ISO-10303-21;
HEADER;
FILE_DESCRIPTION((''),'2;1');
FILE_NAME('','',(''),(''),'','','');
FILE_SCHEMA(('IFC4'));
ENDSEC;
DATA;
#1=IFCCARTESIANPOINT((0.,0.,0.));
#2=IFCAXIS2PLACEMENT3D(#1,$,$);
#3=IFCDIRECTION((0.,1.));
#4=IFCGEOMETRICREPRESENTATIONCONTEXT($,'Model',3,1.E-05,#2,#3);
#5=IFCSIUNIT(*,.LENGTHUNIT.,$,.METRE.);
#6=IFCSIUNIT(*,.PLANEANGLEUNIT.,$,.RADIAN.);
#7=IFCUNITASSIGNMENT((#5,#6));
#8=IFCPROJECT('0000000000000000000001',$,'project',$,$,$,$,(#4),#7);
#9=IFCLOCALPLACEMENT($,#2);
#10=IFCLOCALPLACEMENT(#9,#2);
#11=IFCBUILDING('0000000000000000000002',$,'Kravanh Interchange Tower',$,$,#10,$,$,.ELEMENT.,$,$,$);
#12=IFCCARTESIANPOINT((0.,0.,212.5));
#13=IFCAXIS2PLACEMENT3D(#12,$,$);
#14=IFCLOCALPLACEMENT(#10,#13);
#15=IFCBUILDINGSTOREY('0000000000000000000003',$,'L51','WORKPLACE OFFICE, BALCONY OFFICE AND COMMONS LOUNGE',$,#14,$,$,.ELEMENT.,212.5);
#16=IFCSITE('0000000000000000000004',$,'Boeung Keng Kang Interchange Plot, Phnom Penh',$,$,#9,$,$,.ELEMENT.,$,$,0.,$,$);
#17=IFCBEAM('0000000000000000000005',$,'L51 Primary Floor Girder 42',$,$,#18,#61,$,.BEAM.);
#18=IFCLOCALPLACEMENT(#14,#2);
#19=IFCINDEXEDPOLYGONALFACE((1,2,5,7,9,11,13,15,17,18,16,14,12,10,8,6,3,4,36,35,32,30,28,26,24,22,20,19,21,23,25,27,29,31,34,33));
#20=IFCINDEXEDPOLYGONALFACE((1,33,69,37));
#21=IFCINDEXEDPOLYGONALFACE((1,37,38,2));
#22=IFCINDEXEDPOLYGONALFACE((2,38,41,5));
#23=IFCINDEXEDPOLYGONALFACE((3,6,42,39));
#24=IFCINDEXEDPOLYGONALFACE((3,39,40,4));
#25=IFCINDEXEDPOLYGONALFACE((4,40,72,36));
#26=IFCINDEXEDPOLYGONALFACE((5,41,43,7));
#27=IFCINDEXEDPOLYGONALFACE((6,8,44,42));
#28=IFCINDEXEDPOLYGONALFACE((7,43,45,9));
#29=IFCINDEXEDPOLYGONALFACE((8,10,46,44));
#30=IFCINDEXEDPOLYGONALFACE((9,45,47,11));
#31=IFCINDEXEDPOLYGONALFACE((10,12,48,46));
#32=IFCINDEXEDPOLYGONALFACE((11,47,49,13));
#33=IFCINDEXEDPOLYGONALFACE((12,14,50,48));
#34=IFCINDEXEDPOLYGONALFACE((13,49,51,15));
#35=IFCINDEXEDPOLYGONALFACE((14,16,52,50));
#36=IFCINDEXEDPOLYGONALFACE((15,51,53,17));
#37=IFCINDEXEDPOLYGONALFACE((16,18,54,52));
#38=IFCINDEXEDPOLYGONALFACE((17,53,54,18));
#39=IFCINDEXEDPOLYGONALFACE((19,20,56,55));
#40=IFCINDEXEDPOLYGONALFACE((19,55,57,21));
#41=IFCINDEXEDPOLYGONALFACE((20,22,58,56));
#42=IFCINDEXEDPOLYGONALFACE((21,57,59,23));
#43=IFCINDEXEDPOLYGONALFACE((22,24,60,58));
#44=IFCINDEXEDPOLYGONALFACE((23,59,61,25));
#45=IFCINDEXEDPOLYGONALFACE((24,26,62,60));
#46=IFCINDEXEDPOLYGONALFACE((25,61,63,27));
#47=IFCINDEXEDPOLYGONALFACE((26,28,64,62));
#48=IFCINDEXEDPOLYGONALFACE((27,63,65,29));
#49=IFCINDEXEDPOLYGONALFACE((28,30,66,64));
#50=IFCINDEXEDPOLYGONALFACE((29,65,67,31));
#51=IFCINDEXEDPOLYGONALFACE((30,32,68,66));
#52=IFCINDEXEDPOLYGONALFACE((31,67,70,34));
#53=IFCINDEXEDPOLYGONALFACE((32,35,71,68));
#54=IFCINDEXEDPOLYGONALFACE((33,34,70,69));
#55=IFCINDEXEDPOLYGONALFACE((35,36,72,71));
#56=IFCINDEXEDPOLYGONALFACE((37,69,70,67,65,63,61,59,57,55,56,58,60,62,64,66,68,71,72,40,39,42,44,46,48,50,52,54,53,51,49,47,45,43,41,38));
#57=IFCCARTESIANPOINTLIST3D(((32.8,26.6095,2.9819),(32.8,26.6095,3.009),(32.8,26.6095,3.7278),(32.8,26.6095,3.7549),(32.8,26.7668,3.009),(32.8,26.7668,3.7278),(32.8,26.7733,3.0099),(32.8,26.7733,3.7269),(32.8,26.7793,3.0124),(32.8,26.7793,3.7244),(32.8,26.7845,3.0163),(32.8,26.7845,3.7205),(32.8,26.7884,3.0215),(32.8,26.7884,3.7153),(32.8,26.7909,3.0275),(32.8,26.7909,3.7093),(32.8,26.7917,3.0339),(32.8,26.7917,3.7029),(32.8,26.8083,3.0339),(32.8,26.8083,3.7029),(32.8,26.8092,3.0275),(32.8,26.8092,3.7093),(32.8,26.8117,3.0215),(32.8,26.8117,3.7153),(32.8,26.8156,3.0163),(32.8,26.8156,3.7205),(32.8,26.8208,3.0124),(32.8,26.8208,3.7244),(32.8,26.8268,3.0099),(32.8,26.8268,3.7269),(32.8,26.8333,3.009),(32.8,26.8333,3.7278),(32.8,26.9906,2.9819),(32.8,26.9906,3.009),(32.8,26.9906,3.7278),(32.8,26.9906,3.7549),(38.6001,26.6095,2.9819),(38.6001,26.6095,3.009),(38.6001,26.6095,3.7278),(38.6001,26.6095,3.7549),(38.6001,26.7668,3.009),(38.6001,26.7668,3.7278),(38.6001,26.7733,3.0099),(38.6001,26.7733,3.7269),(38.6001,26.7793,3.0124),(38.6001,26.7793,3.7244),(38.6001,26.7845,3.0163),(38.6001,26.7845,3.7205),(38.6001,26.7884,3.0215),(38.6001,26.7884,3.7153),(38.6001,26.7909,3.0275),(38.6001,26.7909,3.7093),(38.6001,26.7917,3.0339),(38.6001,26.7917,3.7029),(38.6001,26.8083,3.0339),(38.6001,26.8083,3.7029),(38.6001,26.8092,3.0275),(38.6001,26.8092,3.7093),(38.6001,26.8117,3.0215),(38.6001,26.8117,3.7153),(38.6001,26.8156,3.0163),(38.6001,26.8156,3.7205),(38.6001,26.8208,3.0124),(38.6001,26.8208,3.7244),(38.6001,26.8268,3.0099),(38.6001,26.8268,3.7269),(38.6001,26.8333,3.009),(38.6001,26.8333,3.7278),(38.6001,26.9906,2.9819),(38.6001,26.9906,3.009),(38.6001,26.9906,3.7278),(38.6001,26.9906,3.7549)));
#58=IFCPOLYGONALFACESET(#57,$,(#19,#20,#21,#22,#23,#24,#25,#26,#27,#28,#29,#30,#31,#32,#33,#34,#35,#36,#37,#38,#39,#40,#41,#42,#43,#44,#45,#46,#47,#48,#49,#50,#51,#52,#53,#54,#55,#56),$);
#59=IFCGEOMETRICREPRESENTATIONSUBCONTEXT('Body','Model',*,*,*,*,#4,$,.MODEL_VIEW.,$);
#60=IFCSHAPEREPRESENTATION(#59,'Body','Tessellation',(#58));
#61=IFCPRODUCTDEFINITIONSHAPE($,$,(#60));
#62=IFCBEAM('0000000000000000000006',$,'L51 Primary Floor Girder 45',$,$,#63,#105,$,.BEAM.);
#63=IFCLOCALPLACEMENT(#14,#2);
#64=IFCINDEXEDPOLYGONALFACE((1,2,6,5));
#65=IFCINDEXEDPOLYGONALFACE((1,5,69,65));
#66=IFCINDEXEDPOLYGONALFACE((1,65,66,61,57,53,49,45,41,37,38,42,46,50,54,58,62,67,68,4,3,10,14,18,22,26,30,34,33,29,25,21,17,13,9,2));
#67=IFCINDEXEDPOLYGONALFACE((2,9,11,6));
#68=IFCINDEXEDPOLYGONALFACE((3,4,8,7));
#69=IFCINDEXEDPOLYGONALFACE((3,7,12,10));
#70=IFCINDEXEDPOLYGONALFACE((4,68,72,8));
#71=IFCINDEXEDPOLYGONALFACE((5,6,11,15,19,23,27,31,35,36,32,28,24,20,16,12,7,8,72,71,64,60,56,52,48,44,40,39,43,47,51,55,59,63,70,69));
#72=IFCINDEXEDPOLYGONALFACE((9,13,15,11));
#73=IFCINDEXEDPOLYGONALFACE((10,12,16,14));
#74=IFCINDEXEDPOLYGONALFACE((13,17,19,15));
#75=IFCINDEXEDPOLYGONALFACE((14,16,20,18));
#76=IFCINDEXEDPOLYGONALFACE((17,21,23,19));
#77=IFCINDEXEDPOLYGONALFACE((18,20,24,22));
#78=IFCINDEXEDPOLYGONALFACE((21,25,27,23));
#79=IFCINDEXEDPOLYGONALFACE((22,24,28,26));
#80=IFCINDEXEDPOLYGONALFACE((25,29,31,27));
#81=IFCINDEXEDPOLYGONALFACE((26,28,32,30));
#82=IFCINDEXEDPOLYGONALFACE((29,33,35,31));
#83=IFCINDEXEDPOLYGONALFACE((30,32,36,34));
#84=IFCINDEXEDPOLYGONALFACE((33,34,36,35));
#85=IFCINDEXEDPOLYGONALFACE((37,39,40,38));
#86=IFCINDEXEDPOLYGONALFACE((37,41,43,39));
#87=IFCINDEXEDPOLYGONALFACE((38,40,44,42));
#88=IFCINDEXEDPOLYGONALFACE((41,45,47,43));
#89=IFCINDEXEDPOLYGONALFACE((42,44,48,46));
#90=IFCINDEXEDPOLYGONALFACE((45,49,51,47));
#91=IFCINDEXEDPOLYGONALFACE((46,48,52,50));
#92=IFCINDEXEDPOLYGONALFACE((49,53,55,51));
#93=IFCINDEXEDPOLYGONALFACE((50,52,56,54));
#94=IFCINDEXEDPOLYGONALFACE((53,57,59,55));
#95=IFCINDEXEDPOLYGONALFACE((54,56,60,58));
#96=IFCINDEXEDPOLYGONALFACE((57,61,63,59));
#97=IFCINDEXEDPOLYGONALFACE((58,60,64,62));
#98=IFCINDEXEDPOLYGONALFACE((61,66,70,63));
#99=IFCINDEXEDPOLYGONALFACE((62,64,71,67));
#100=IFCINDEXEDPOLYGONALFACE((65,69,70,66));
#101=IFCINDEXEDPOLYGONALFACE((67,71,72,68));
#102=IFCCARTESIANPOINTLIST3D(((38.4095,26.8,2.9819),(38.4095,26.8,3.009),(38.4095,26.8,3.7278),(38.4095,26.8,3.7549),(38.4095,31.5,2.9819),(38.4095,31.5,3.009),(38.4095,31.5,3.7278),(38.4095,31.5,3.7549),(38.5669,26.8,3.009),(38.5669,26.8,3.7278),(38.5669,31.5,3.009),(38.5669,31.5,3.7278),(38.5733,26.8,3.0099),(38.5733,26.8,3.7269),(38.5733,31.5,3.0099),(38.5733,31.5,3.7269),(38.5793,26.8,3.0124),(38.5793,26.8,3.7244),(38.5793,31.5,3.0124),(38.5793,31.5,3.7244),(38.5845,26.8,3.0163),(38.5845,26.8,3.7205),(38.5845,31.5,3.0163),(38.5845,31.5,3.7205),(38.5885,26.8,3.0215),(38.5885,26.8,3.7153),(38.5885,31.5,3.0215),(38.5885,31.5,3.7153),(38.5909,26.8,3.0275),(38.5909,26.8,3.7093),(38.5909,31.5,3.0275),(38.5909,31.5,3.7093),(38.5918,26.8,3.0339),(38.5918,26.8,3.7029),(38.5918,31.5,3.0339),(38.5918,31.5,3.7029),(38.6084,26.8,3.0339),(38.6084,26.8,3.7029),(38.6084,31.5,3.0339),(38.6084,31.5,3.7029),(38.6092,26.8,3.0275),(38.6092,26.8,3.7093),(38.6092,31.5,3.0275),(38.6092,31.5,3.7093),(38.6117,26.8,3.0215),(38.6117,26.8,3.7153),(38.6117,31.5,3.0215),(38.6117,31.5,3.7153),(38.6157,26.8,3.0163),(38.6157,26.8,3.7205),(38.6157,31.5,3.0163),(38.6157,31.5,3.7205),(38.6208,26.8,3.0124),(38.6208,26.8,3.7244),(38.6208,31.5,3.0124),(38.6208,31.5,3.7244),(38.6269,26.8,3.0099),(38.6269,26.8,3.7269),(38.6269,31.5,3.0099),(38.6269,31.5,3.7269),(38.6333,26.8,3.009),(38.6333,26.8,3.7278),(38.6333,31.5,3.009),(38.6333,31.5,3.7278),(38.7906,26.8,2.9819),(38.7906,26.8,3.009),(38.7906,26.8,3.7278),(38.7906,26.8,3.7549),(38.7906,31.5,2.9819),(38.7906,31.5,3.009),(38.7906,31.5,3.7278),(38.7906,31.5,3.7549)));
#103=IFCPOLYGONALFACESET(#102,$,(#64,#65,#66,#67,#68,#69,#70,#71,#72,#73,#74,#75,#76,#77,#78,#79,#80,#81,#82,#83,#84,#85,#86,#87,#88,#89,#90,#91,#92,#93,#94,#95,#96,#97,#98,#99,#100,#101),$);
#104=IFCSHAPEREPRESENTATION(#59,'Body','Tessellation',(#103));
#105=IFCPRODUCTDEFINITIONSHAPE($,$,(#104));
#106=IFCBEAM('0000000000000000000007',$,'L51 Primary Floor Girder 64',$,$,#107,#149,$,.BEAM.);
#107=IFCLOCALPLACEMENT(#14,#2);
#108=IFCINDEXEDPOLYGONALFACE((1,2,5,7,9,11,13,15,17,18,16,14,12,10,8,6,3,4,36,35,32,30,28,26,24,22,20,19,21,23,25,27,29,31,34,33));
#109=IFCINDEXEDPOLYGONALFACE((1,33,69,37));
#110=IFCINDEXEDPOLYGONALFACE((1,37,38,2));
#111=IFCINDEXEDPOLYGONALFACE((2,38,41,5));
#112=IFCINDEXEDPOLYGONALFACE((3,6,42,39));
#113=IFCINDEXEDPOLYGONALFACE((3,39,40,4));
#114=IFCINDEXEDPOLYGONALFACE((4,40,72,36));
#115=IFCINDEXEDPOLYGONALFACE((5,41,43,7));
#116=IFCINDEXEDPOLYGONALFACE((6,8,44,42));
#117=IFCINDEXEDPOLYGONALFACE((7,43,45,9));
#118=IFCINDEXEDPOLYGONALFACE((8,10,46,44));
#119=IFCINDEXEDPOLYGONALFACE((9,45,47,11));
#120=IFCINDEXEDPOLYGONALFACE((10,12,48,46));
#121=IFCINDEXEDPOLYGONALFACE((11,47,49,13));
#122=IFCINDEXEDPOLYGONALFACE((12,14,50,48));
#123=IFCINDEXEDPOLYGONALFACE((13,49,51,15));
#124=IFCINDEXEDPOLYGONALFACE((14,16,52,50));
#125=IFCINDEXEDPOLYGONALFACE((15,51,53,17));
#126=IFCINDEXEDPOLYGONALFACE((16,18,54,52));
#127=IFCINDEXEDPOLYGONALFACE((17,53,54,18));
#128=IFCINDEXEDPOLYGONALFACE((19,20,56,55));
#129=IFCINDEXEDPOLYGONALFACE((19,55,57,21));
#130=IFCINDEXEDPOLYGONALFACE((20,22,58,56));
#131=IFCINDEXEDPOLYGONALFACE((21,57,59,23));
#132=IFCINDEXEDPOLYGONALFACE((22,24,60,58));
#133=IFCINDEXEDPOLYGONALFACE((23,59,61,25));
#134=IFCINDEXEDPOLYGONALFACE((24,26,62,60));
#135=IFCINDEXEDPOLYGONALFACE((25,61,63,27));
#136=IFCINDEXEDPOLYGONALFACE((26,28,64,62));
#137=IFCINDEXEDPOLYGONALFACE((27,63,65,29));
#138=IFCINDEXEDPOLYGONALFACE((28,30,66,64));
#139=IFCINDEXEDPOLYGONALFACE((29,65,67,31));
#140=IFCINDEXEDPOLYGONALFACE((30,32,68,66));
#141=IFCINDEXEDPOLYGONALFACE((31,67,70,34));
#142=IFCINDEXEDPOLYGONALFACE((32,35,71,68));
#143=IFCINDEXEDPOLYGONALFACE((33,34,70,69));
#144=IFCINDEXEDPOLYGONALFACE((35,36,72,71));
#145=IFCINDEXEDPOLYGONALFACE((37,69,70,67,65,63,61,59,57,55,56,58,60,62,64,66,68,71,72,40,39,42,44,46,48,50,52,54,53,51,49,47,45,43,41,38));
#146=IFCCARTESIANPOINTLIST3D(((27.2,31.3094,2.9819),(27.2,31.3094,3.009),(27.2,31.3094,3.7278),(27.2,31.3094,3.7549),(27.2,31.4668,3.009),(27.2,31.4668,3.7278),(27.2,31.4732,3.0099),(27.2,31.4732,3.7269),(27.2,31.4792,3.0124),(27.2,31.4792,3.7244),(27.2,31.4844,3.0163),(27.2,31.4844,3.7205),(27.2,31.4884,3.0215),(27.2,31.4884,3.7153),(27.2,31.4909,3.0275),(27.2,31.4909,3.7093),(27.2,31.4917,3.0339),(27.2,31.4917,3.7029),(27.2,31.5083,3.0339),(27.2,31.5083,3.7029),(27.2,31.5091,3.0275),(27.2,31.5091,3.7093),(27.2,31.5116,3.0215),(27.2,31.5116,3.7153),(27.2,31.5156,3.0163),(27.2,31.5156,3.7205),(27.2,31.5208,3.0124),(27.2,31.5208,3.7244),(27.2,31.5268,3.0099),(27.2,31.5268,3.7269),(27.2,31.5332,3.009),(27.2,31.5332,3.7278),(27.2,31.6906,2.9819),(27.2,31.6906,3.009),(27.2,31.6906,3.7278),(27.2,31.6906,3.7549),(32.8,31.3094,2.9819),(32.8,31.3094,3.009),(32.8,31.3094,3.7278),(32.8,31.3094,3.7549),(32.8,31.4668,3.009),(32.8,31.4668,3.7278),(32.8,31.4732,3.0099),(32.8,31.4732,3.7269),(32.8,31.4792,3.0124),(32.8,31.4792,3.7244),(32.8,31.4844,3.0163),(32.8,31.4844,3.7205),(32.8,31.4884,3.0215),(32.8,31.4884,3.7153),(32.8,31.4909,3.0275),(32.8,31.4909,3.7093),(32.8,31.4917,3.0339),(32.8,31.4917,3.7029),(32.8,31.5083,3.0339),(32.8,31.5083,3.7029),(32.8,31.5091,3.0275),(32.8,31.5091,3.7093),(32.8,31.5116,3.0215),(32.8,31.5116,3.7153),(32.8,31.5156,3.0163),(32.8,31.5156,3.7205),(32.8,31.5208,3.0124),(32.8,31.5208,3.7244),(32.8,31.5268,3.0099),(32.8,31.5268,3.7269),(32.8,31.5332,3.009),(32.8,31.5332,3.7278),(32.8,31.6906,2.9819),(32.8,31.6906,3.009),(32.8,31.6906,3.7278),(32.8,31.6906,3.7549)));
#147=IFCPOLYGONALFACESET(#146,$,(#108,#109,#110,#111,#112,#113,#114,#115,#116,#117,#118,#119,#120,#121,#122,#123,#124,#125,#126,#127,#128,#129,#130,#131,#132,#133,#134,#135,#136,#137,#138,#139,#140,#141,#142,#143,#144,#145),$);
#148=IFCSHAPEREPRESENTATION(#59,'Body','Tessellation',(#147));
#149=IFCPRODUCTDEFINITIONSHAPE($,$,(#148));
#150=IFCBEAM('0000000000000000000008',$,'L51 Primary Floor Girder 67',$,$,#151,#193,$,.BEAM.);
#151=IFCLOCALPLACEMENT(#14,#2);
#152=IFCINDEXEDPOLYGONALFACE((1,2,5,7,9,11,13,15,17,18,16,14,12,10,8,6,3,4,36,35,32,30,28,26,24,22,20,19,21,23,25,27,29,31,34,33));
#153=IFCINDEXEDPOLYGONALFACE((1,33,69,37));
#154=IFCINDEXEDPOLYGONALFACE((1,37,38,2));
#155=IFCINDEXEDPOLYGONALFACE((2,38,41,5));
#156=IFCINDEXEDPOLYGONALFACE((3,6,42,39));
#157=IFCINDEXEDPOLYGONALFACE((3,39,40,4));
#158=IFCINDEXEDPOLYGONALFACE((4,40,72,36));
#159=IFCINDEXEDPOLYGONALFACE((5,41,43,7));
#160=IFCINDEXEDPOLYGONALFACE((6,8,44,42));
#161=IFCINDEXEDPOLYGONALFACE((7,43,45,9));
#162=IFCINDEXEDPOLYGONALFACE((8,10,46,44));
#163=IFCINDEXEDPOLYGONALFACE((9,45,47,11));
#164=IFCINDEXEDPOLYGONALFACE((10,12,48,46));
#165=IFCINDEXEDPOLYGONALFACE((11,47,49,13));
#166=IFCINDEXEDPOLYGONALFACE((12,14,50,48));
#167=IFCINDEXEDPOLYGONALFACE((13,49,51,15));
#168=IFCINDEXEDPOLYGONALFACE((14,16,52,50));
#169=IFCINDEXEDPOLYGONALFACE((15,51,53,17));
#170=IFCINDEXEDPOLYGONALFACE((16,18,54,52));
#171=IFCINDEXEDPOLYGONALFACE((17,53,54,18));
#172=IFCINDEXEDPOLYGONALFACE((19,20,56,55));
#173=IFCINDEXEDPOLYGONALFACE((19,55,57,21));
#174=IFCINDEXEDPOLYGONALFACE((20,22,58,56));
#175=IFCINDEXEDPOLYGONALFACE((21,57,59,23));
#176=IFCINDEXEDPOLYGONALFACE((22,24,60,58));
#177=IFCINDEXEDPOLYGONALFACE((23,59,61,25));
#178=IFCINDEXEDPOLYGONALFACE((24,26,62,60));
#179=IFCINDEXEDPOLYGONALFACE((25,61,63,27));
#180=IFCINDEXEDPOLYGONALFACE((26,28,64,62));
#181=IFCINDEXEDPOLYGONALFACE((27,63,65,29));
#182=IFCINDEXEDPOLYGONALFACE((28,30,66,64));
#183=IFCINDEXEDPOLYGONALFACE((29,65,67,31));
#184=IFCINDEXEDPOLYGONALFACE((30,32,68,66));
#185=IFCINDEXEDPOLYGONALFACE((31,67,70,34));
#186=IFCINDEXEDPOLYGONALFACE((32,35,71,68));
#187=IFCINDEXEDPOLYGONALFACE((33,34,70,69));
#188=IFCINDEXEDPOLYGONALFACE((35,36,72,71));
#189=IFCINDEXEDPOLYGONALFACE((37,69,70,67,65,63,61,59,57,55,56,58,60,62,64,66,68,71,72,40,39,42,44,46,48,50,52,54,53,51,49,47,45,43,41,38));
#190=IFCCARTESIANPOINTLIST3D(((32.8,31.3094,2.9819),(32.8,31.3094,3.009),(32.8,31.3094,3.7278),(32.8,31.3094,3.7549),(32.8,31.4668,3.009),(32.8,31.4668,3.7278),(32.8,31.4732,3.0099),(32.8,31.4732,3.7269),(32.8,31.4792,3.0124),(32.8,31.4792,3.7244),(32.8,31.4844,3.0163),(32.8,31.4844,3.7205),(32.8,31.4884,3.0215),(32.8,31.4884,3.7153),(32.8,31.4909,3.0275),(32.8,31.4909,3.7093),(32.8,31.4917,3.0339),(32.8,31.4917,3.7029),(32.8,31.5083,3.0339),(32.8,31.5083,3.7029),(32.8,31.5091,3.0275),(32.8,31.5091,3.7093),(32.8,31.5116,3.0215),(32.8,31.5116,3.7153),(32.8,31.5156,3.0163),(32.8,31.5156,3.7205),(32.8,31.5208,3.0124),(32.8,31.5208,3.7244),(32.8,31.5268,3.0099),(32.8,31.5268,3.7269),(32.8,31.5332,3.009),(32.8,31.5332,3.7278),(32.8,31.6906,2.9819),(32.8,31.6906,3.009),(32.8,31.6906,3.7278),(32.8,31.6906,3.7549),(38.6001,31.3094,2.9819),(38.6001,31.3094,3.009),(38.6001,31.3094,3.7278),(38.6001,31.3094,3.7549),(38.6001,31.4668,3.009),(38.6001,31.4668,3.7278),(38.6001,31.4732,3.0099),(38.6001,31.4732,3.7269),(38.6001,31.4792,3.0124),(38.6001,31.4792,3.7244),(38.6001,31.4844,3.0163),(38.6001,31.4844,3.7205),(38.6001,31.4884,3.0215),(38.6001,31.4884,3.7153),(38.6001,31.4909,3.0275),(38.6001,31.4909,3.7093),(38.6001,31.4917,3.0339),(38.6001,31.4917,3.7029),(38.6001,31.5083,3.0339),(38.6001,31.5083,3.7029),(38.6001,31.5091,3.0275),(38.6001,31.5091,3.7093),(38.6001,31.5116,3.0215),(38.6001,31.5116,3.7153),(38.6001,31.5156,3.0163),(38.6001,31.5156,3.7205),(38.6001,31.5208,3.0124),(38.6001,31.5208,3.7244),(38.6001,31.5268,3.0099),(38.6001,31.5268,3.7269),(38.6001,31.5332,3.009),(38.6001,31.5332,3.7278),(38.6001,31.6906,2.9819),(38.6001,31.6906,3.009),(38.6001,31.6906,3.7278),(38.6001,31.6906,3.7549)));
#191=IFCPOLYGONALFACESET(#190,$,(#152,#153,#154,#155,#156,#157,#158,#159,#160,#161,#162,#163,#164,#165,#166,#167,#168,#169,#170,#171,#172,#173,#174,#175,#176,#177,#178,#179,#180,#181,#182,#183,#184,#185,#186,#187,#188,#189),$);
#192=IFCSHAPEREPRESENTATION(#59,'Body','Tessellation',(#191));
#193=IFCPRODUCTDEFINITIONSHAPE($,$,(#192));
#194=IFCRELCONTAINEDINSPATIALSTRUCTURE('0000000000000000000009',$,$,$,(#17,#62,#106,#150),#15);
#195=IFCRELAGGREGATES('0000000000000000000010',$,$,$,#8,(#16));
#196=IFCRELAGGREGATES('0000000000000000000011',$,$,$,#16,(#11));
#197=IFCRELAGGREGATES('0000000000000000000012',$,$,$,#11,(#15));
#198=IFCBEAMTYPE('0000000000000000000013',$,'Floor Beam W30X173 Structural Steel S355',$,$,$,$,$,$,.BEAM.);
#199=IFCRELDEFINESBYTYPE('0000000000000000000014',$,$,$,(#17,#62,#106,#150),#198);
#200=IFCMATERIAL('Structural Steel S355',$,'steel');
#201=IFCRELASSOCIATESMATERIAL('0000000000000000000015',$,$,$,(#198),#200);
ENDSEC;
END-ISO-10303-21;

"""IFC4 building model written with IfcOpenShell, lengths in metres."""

from ifc_helpers import new_model, si_unit, direction, frame, origin, origin_2d, place, context, subcontext, project, spatial, i_section, extrude, material, material_profile, profile_set, type_object, element, save


model = new_model("IFC4")

# Units and contexts
model_context = context("Model", 3, precision=1e-05, world=origin(), true_north=direction((0.0, 1.0)))
body_context = subcontext(model_context, "Body", "Model", "MODEL_VIEW")
ifc_project = project(units=[si_unit("LENGTHUNIT", "METRE"), si_unit("PLANEANGLEUNIT", "RADIAN")], contexts=[model_context])

# Site, building, storey
site_placement = place(None, origin())
site = spatial("IfcSite", under=ifc_project, at=site_placement, Name="Boeung Keng Kang Interchange Plot, Phnom Penh", CompositionType="ELEMENT", RefElevation=0.0)
building_placement = place(site_placement, origin())
building = spatial("IfcBuilding", under=site, at=building_placement, Name="Kravanh Interchange Tower", CompositionType="ELEMENT")
storey_placement = place(building_placement, frame((0.0, 0.0, 212.5)))
storey = spatial("IfcBuildingStorey", under=building, at=storey_placement, Name="L51", Description="WORKPLACE OFFICE, BALCONY OFFICE AND COMMONS LOUNGE", CompositionType="ELEMENT", Elevation=212.5)

# Beams
ifc_material_1 = material(Name="Structural Steel S355", Category="steel")
ifc_material_profile_1 = material_profile(ifc_material_1, i_section(OverallWidth=0.3811, OverallDepth=0.7729, WebThickness=0.0166, FlangeThickness=0.0271, FilletRadius=0.0249, at=origin_2d()), Name="W30X173")
ifc_profile_set_1 = profile_set([ifc_material_profile_1], Name="Structural Steel S355")
beam_type_1 = type_object("IfcBeamType", Name="Floor Beam W30X173 Structural Steel S355", PredefinedType="BEAM", material=ifc_profile_set_1)
beam_1_placement = place(storey_placement, frame((32.8, 26.8, 3.3684), z_axis=(1.0, 0.0, 0.0), x_axis=(0.0, 1.0, 0.0)))
element("IfcBeam", 1, at=beam_1_placement, inside=storey, type_object=beam_type_1, Name="L51 Primary Floor Girder 42", PredefinedType="BEAM", context=body_context, shape_type="SweptSolid", body=[
    extrude(i_section(OverallWidth=0.3811, OverallDepth=0.7729, WebThickness=0.0166, FlangeThickness=0.0271, FilletRadius=0.0249, at=origin_2d()), origin(), (0.0, 0.0, 1.0), 5.8),
])
beam_2_placement = place(storey_placement, frame((38.6001, 26.8, 3.3684), z_axis=(0.0, 1.0, 0.0), x_axis=(-1.0, 0.0, 0.0)))
element("IfcBeam", 2, at=beam_2_placement, inside=storey, type_object=beam_type_1, Name="L51 Primary Floor Girder 45", PredefinedType="BEAM", context=body_context, shape_type="SweptSolid", body=[
    extrude(i_section(OverallWidth=0.3811, OverallDepth=0.7729, WebThickness=0.0166, FlangeThickness=0.0271, FilletRadius=0.0249, at=origin_2d()), origin(), (0.0, 0.0, 1.0), 4.7),
])
beam_3_placement = place(storey_placement, frame((27.2, 31.5, 3.3684), z_axis=(1.0, 0.0, 0.0), x_axis=(0.0, 1.0, 0.0)))
element("IfcBeam", 3, at=beam_3_placement, inside=storey, type_object=beam_type_1, Name="L51 Primary Floor Girder 64", PredefinedType="BEAM", context=body_context, shape_type="SweptSolid", body=[
    extrude(i_section(OverallWidth=0.3811, OverallDepth=0.7729, WebThickness=0.0166, FlangeThickness=0.0271, FilletRadius=0.0249, at=origin_2d()), origin(), (0.0, 0.0, 1.0), 5.6001),
])
beam_4_placement = place(storey_placement, frame((32.8, 31.5, 3.3684), z_axis=(1.0, 0.0, 0.0), x_axis=(0.0, 1.0, 0.0)))
element("IfcBeam", 4, at=beam_4_placement, inside=storey, type_object=beam_type_1, Name="L51 Primary Floor Girder 67", PredefinedType="BEAM", context=body_context, shape_type="SweptSolid", body=[
    extrude(i_section(OverallWidth=0.3811, OverallDepth=0.7729, WebThickness=0.0166, FlangeThickness=0.0271, FilletRadius=0.0249, at=origin_2d()), origin(), (0.0, 0.0, 1.0), 5.8),
])

save(model, "model.ifc")
